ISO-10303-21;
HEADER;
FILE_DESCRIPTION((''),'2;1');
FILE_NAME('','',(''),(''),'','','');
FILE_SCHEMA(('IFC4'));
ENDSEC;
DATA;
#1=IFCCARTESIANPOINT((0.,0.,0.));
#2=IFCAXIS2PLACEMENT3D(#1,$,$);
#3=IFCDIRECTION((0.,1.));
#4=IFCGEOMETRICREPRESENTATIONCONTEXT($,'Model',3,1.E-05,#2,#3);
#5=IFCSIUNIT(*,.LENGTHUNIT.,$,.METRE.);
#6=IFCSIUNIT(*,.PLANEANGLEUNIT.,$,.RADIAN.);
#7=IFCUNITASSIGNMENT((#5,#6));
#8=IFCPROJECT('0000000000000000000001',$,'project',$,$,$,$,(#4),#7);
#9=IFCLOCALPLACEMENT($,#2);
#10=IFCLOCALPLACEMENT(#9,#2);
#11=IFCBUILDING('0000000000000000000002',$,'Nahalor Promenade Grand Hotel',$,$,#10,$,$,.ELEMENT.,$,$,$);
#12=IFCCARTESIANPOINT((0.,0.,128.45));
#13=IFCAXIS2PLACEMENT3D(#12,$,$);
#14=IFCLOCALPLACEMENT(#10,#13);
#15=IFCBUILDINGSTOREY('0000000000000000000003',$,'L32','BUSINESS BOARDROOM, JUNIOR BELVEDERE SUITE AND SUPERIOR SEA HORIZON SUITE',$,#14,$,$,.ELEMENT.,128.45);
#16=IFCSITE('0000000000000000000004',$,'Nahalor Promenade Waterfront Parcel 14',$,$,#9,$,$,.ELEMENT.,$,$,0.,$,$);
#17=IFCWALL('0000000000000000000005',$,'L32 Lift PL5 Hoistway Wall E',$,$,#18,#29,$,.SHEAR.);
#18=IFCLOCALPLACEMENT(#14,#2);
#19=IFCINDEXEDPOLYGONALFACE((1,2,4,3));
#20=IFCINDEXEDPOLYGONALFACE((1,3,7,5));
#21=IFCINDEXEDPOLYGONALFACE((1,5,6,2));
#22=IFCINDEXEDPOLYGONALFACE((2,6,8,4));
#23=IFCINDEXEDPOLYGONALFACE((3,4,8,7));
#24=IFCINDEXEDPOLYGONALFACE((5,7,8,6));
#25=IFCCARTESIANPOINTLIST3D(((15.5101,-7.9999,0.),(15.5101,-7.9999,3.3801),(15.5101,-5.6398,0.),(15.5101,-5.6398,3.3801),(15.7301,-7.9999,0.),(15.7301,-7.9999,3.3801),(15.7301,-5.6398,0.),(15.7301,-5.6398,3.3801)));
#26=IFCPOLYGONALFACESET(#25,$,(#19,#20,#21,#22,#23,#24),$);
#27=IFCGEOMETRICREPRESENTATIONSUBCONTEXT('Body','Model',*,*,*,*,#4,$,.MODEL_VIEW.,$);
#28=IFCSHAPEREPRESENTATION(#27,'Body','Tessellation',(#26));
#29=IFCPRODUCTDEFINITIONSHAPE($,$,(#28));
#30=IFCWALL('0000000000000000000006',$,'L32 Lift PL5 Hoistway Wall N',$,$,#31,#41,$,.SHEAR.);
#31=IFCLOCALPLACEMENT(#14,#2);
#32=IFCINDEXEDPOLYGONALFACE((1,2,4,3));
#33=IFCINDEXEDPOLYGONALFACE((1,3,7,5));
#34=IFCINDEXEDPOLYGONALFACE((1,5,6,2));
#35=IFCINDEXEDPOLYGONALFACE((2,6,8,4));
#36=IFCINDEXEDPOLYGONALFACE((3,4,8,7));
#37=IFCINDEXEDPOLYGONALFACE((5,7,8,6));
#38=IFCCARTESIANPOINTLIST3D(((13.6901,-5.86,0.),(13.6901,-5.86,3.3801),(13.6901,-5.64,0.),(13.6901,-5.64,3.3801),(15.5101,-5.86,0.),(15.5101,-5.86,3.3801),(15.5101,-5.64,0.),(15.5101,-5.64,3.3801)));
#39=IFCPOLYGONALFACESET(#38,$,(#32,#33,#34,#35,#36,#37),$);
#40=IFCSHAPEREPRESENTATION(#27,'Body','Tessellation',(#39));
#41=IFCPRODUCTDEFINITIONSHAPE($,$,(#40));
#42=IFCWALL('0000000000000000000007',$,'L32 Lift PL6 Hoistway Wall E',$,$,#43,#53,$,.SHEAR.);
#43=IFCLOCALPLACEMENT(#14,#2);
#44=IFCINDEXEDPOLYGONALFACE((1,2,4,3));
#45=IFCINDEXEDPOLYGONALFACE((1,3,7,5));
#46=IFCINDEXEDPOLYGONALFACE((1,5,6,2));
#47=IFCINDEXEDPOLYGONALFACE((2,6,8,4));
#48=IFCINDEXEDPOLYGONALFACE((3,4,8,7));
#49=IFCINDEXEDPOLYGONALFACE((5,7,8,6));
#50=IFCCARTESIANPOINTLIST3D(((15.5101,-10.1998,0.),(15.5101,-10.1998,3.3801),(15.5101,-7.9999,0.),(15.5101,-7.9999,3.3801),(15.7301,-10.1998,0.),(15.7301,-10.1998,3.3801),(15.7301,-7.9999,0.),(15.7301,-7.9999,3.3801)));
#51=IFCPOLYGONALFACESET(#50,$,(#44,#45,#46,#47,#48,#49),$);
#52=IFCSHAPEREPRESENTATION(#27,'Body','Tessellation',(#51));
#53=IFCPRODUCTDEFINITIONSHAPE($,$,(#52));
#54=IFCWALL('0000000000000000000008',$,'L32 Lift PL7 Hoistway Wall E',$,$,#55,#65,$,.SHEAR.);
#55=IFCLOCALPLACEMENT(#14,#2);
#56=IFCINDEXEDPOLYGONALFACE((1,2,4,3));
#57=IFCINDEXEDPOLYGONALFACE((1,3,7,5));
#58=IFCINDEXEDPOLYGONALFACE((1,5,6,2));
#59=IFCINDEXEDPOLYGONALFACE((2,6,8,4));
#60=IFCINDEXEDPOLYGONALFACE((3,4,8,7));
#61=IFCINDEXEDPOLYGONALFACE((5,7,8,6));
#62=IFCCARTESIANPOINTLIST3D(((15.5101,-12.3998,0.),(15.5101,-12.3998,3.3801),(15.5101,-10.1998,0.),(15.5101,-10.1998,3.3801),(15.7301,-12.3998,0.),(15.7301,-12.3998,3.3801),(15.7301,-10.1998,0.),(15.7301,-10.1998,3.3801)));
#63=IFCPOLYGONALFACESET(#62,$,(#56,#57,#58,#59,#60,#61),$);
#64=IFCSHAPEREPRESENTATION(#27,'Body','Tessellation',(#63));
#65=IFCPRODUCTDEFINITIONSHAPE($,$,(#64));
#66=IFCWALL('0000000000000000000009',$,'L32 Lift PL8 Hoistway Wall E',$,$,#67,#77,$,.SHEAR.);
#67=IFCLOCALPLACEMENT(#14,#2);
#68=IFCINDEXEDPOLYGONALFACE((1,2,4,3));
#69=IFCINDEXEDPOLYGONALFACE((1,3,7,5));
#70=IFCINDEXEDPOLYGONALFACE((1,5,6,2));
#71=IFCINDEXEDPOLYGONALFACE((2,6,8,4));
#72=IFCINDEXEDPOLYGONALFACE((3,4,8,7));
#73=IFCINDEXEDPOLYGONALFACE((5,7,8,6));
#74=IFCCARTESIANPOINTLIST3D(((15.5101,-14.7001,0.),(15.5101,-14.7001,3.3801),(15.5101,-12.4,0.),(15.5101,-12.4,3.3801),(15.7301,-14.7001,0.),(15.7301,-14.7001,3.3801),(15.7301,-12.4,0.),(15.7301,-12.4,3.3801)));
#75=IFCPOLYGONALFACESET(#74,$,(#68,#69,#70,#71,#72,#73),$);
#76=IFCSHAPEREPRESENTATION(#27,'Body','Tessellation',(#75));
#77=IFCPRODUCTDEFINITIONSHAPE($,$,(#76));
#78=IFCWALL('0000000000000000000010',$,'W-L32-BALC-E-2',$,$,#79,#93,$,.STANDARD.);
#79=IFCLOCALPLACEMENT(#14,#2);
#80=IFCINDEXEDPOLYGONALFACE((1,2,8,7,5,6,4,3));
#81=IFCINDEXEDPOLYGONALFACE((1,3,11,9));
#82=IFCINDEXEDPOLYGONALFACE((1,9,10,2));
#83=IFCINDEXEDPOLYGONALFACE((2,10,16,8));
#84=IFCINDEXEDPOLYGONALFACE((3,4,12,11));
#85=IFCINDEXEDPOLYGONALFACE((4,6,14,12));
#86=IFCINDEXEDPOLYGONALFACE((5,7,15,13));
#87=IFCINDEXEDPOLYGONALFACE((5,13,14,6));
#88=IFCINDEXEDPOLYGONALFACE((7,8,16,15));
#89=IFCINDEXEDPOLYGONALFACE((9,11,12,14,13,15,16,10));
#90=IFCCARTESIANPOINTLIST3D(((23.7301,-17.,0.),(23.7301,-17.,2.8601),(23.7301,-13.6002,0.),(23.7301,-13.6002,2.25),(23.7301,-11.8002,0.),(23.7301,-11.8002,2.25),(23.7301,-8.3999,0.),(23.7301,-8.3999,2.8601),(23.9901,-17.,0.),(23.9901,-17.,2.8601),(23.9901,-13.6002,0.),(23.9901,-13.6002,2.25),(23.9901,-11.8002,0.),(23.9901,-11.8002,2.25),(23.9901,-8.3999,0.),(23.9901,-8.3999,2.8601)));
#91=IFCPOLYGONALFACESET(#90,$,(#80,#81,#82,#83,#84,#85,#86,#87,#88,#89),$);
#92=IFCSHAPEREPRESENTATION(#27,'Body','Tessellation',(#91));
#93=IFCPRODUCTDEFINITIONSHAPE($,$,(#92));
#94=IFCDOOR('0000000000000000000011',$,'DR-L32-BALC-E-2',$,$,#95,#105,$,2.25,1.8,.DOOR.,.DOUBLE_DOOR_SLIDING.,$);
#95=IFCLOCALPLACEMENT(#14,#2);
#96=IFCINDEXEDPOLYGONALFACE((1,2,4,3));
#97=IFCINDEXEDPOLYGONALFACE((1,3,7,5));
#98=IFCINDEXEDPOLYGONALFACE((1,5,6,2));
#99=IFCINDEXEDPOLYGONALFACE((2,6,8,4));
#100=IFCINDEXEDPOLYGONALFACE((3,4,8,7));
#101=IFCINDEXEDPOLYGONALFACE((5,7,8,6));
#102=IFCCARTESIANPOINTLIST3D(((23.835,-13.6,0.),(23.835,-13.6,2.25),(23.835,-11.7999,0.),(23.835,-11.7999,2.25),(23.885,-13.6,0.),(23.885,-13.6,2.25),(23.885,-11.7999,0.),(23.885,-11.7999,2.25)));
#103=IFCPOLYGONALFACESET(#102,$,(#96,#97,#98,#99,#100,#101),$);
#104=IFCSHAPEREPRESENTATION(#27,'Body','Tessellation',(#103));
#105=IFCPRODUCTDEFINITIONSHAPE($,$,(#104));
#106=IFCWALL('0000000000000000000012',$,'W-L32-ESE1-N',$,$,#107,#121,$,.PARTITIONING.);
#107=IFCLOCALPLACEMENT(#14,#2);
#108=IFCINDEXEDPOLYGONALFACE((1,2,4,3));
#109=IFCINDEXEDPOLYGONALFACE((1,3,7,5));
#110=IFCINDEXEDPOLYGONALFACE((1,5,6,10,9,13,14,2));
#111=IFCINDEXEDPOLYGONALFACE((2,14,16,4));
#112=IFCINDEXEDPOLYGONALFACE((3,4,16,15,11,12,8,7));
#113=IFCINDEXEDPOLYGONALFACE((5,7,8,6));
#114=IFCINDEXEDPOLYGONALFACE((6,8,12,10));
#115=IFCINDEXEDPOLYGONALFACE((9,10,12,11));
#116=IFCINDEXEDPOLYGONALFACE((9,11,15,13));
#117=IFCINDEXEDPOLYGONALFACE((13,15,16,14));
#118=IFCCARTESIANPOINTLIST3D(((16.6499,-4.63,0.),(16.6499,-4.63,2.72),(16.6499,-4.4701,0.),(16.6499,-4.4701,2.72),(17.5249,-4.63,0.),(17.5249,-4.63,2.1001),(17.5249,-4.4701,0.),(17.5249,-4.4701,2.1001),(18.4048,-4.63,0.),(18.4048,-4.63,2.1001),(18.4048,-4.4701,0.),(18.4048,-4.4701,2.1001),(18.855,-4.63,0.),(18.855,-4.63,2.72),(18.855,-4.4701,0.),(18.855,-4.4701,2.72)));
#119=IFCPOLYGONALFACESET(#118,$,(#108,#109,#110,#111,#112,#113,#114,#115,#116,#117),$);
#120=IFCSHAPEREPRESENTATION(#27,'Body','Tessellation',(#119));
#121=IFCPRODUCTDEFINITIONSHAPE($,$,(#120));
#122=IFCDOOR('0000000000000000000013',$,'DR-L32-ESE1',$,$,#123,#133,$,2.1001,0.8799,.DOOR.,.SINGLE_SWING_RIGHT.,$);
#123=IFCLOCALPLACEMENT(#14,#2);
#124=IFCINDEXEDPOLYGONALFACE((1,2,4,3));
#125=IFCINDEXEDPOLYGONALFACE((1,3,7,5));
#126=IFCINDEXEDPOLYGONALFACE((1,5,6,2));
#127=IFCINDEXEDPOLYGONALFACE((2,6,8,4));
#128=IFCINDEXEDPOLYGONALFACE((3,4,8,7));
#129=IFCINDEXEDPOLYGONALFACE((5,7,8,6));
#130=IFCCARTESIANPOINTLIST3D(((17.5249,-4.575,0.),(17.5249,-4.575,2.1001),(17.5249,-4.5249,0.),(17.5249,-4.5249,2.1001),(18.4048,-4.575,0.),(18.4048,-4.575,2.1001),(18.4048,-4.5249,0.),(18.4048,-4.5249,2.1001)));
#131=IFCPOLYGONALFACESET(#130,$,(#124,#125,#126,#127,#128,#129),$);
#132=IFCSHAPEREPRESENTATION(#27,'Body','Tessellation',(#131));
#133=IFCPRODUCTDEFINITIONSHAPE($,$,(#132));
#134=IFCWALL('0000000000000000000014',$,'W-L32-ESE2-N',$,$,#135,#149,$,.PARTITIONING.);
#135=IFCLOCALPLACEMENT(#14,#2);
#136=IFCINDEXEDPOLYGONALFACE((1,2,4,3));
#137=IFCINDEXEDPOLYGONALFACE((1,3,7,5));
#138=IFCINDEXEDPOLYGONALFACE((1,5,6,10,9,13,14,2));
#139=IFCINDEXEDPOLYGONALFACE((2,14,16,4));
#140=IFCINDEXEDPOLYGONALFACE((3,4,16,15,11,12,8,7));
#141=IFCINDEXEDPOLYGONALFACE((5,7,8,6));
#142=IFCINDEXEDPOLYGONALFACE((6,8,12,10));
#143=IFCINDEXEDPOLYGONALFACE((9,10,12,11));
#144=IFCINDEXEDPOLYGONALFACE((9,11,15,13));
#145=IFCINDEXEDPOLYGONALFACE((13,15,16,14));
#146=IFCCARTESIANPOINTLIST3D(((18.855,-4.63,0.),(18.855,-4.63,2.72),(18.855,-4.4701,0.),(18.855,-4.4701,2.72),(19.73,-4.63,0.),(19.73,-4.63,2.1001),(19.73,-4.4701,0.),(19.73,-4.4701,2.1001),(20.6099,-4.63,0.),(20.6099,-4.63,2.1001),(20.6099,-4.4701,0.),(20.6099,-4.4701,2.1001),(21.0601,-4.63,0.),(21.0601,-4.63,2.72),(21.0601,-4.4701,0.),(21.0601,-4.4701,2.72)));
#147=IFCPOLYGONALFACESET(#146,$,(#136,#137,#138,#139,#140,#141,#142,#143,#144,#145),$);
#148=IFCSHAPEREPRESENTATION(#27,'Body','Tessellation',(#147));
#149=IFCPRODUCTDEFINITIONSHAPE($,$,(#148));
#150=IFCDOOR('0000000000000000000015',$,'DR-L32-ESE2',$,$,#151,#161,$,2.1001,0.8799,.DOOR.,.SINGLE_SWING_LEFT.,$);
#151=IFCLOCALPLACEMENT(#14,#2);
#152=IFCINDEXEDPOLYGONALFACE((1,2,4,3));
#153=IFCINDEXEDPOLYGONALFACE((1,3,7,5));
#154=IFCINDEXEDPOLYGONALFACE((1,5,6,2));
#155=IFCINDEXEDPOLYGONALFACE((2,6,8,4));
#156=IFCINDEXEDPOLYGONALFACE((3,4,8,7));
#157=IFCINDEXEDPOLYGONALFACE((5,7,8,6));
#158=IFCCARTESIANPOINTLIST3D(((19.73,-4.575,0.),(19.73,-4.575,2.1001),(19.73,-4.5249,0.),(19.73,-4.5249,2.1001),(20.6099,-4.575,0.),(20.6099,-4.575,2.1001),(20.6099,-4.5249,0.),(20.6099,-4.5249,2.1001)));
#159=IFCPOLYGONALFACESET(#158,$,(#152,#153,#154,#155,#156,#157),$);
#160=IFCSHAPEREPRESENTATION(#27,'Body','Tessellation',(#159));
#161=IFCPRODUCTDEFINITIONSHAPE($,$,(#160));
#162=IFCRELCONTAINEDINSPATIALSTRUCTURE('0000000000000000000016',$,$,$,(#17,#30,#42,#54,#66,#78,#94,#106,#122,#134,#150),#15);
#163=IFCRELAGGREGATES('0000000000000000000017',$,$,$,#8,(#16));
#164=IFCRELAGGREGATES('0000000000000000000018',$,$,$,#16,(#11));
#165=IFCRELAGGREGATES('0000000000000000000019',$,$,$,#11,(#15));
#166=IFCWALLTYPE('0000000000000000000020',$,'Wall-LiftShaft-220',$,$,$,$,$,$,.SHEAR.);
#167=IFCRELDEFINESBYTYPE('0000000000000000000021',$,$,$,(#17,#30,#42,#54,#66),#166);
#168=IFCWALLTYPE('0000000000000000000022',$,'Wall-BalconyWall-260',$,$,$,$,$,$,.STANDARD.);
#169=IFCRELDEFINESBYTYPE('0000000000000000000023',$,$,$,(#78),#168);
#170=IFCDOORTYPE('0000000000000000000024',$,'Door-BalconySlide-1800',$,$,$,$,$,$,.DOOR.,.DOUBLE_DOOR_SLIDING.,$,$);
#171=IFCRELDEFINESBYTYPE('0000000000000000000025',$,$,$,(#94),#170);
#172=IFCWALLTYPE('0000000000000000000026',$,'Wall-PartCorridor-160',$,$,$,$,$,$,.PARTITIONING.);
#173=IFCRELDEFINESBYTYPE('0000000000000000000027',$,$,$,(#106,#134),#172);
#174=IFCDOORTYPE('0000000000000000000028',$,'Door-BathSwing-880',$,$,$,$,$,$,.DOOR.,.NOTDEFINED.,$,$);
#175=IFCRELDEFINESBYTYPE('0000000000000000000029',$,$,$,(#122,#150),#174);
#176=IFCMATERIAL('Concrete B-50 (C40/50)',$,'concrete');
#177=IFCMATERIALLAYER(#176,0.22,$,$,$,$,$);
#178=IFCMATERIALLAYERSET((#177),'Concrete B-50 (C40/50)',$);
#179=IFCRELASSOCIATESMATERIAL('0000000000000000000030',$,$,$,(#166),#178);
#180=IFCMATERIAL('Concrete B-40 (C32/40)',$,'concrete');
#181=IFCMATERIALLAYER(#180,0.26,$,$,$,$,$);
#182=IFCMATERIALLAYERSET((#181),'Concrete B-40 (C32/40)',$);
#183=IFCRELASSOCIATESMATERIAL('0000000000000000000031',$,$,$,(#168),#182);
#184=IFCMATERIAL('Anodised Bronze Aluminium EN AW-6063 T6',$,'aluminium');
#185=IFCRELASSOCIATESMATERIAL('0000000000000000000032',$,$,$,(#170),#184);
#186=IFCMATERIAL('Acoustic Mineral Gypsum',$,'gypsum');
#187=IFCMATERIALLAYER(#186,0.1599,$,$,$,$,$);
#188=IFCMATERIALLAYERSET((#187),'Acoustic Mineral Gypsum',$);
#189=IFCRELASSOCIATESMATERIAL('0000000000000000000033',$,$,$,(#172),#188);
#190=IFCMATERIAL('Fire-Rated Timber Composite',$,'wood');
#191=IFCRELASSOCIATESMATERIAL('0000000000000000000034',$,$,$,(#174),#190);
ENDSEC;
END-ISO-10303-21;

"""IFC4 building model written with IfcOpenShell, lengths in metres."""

from ifc_helpers import new_model, si_unit, direction, frame, frame_2d, origin, place, context, subcontext, project, spatial, rectangle, extrude, source, transform, mapped, material, layer, layer_set, type_object, element, fill, save


model = new_model("IFC4")

# Units and contexts
model_context = context("Model", 3, precision=1e-05, world=origin(), true_north=direction((0.0, 1.0)))
body_context = subcontext(model_context, "Body", "Model", "MODEL_VIEW")
ifc_project = project(units=[si_unit("LENGTHUNIT", "METRE"), si_unit("PLANEANGLEUNIT", "RADIAN")], contexts=[model_context])

# Site, building, storey
site_placement = place(None, origin())
site = spatial("IfcSite", under=ifc_project, at=site_placement, Name="Nahalor Promenade Waterfront Parcel 14", CompositionType="ELEMENT", RefElevation=0.0)
building_placement = place(site_placement, origin())
building = spatial("IfcBuilding", under=site, at=building_placement, Name="Nahalor Promenade Grand Hotel", CompositionType="ELEMENT")
storey_placement = place(building_placement, frame((0.0, 0.0, 128.45)))
storey = spatial("IfcBuildingStorey", under=building, at=storey_placement, Name="L32", Description="BUSINESS BOARDROOM, JUNIOR BELVEDERE SUITE AND SUPERIOR SEA HORIZON SUITE", CompositionType="ELEMENT", Elevation=128.45)

# Shared definitions
ifc_material_1 = material(Name="Anodised Bronze Aluminium EN AW-6063 T6", Category="aluminium")

# Walls
ifc_material_2 = material(Name="Concrete B-50 (C40/50)", Category="concrete")
ifc_layer_1 = layer(ifc_material_2, 0.22)
ifc_layer_set_1 = layer_set([ifc_layer_1], Name="Concrete B-50 (C40/50)")
wall_type_1 = type_object("IfcWallType", Name="Wall-LiftShaft-220", PredefinedType="SHEAR", material=ifc_layer_set_1)
shared_shape_1 = source(origin(), body_context, "Body", "SweptSolid", [
    extrude(rectangle(XDim=2.3601, YDim=0.22, at=frame_2d((1.1802, 0.0))), origin(), (0.0, 0.0, 1.0), 3.3801),
])
wall_1_placement = place(storey_placement, frame((15.6201, -8.0, 0.0), z_axis=(0.0, 0.0, 1.0), x_axis=(0.0, 1.0, 0.0)))
element("IfcWall", 1, at=wall_1_placement, inside=storey, type_object=wall_type_1, Name="L32 Lift PL5 Hoistway Wall E", PredefinedType="SHEAR", context=body_context, shape_type="MappedRepresentation", body=[
    mapped(shared_shape_1, transform((0.0, 0.0, 0.0), scale=1.0)),
])
shared_shape_2 = source(origin(), body_context, "Body", "SweptSolid", [
    extrude(rectangle(XDim=1.8201, YDim=0.22, at=frame_2d((0.9102, 0.0))), origin(), (0.0, 0.0, 1.0), 3.3801),
])
wall_2_placement = place(storey_placement, frame((13.6899, -5.75, 0.0), z_axis=(0.0, 0.0, 1.0), x_axis=(1.0, 0.0, 0.0)))
element("IfcWall", 2, at=wall_2_placement, inside=storey, type_object=wall_type_1, Name="L32 Lift PL5 Hoistway Wall N", PredefinedType="SHEAR", context=body_context, shape_type="MappedRepresentation", body=[
    mapped(shared_shape_2, transform((0.0, 0.0, 0.0), scale=1.0)),
])
shared_shape_3 = source(origin(), body_context, "Body", "SweptSolid", [
    extrude(rectangle(XDim=2.2, YDim=0.22, at=frame_2d((1.1001, 0.0))), origin(), (0.0, 0.0, 1.0), 3.3801),
])
for number, where, z_axis, x_axis, name in (
    (3, (15.6201, -10.2, 0.0), (0.0, 0.0, 1.0), (0.0, 1.0, 0.0), "L32 Lift PL6 Hoistway Wall E"),
    (4, (15.6201, -12.3999, 0.0), (0.0, 0.0, 1.0), (0.0, 1.0, 0.0), "L32 Lift PL7 Hoistway Wall E"),
):
    element("IfcWall", number, at=place(storey_placement, frame(where, z_axis=z_axis, x_axis=x_axis)), inside=storey, type_object=wall_type_1, Name=name, PredefinedType="SHEAR", context=body_context, shape_type="MappedRepresentation", body=[
        mapped(shared_shape_3, transform((0.0, 0.0, 0.0), scale=1.0)),
    ])
shared_shape_4 = source(origin(), body_context, "Body", "SweptSolid", [
    extrude(rectangle(XDim=2.3, YDim=0.22, at=frame_2d((1.1499, 0.0))), origin(), (0.0, 0.0, 1.0), 3.3801),
])
wall_3_placement = place(storey_placement, frame((15.6201, -14.7, 0.0), z_axis=(0.0, 0.0, 1.0), x_axis=(0.0, 1.0, 0.0)))
element("IfcWall", 5, at=wall_3_placement, inside=storey, type_object=wall_type_1, Name="L32 Lift PL8 Hoistway Wall E", PredefinedType="SHEAR", context=body_context, shape_type="MappedRepresentation", body=[
    mapped(shared_shape_4, transform((0.0, 0.0, 0.0), scale=1.0)),
])

# Walls, openings, doors
ifc_material_3 = material(Name="Concrete B-40 (C32/40)", Category="concrete")
ifc_layer_2 = layer(ifc_material_3, 0.26)
ifc_layer_set_2 = layer_set([ifc_layer_2], Name="Concrete B-40 (C32/40)")
wall_type_2 = type_object("IfcWallType", Name="Wall-BalconyWall-260", PredefinedType="STANDARD", material=ifc_layer_set_2)
shared_shape_5 = source(origin(), body_context, "Body", "SweptSolid", [
    extrude(rectangle(XDim=8.6001, YDim=0.26, at=frame_2d((4.3, 0.0))), origin(), (0.0, 0.0, 1.0), 2.8601),
])
wall_4_placement = place(storey_placement, frame((23.8601, -17.0, 0.0), z_axis=(0.0, 0.0, 1.0), x_axis=(0.0, 1.0, 0.0)))
wall_4 = element("IfcWall", 6, at=wall_4_placement, inside=storey, type_object=wall_type_2, Name="W-L32-BALC-E-2", PredefinedType="STANDARD", context=body_context, shape_type="MappedRepresentation", body=[
    mapped(shared_shape_5, transform((0.0, 0.0, 0.0), scale=1.0)),
])
opening_1_placement = place(wall_4_placement, frame((3.3999, 0.0, 0.0)))
opening_1 = element("IfcOpeningElement", 7, at=opening_1_placement, cuts=wall_4, PredefinedType="OPENING", context=body_context, shape_type="SweptSolid", body=[
    extrude(rectangle(XDim=1.8, YDim=2.25, at=frame_2d((0.8999, 1.125))), frame((0.0, 0.1399, 0.0), z_axis=(0.0, -1.0, 0.0), x_axis=(1.0, 0.0, 0.0)), (0.0, 0.0, 1.0), 0.28),
])
door_type_1 = type_object("IfcDoorType", Name="Door-BalconySlide-1800", OperationType="DOUBLE_DOOR_SLIDING", PredefinedType="DOOR", material=ifc_material_1)
shared_shape_6 = source(origin(), body_context, "Body", "SweptSolid", [
    extrude(rectangle(XDim=1.8, YDim=2.25, at=frame_2d((0.8999, 1.125))), frame((0.0, 0.0249, 0.0), z_axis=(0.0, -1.0, 0.0), x_axis=(1.0, 0.0, 0.0)), (0.0, 0.0, 1.0), 0.05),
])
door_1_placement = place(opening_1_placement, frame((1.8, 0.0, 0.0), z_axis=(0.0, 0.0, 1.0), x_axis=(-1.0, 0.0, 0.0)))
door_1 = element("IfcDoor", 8, at=door_1_placement, inside=storey, type_object=door_type_1, Name="DR-L32-BALC-E-2", OperationType="DOUBLE_DOOR_SLIDING", OverallHeight=2.25, OverallWidth=1.8, PredefinedType="DOOR", context=body_context, shape_type="MappedRepresentation", body=[
    mapped(shared_shape_6, transform((0.0, 0.0, 0.0), scale=1.0)),
])
fill(opening_1, door_1)
ifc_material_4 = material(Name="Acoustic Mineral Gypsum", Category="gypsum")
ifc_layer_3 = layer(ifc_material_4, 0.1599)
ifc_layer_set_3 = layer_set([ifc_layer_3], Name="Acoustic Mineral Gypsum")
wall_type_3 = type_object("IfcWallType", Name="Wall-PartCorridor-160", PredefinedType="PARTITIONING", material=ifc_layer_set_3)
shared_shape_7 = source(origin(), body_context, "Body", "SweptSolid", [
    extrude(rectangle(XDim=2.2051, YDim=0.1599, at=frame_2d((1.1025, 0.0))), origin(), (0.0, 0.0, 1.0), 2.72),
])
wall_5_placement = place(storey_placement, frame((16.6499, -4.55, 0.0), z_axis=(0.0, 0.0, 1.0), x_axis=(1.0, 0.0, 0.0)))
wall_5 = element("IfcWall", 9, at=wall_5_placement, inside=storey, type_object=wall_type_3, Name="W-L32-ESE1-N", PredefinedType="PARTITIONING", context=body_context, shape_type="MappedRepresentation", body=[
    mapped(shared_shape_7, transform((0.0, 0.0, 0.0), scale=1.0)),
])
opening_2_placement = place(wall_5_placement, frame((0.875, 0.0, 0.0)))
opening_2 = element("IfcOpeningElement", 10, at=opening_2_placement, cuts=wall_5, PredefinedType="OPENING", context=body_context, shape_type="SweptSolid", body=[
    extrude(rectangle(XDim=0.8799, YDim=2.1001, at=frame_2d((0.4399, 1.05))), frame((0.0, 0.0898, 0.0), z_axis=(0.0, -1.0, 0.0), x_axis=(1.0, 0.0, 0.0)), (0.0, 0.0, 1.0), 0.1799),
])
ifc_material_5 = material(Name="Fire-Rated Timber Composite", Category="wood")
door_type_2 = type_object("IfcDoorType", Name="Door-BathSwing-880", OperationType="NOTDEFINED", PredefinedType="DOOR", material=ifc_material_5)
shared_shape_8 = source(origin(), body_context, "Body", "SweptSolid", [
    extrude(rectangle(XDim=0.8799, YDim=2.1001, at=frame_2d((0.4399, 1.05))), frame((0.0, 0.0249, 0.0), z_axis=(0.0, -1.0, 0.0), x_axis=(1.0, 0.0, 0.0)), (0.0, 0.0, 1.0), 0.05),
])
door_2_placement = place(opening_2_placement, frame((0.8799, 0.0, 0.0), z_axis=(0.0, 0.0, 1.0), x_axis=(-1.0, 0.0, 0.0)))
door_2 = element("IfcDoor", 11, at=door_2_placement, inside=storey, type_object=door_type_2, Name="DR-L32-ESE1", OperationType="SINGLE_SWING_RIGHT", OverallHeight=2.1001, OverallWidth=0.8799, PredefinedType="DOOR", context=body_context, shape_type="MappedRepresentation", body=[
    mapped(shared_shape_8, transform((0.0, 0.0, 0.0), scale=1.0)),
])
fill(opening_2, door_2)
wall_6_placement = place(storey_placement, frame((18.855, -4.55, 0.0), z_axis=(0.0, 0.0, 1.0), x_axis=(1.0, 0.0, 0.0)))
wall_6 = element("IfcWall", 12, at=wall_6_placement, inside=storey, type_object=wall_type_3, Name="W-L32-ESE2-N", PredefinedType="PARTITIONING", context=body_context, shape_type="MappedRepresentation", body=[
    mapped(shared_shape_7, transform((0.0, 0.0, 0.0), scale=1.0)),
])
opening_3_placement = place(wall_6_placement, frame((0.875, 0.0, 0.0)))
opening_3 = element("IfcOpeningElement", 13, at=opening_3_placement, cuts=wall_6, PredefinedType="OPENING", context=body_context, shape_type="SweptSolid", body=[
    extrude(rectangle(XDim=0.8799, YDim=2.1001, at=frame_2d((0.4399, 1.05))), frame((0.0, 0.0898, 0.0), z_axis=(0.0, -1.0, 0.0), x_axis=(1.0, 0.0, 0.0)), (0.0, 0.0, 1.0), 0.1799),
])
door_3_placement = place(opening_3_placement, frame((0.8799, 0.0, 0.0), z_axis=(0.0, 0.0, 1.0), x_axis=(-1.0, 0.0, 0.0)))
door_3 = element("IfcDoor", 14, at=door_3_placement, inside=storey, type_object=door_type_2, Name="DR-L32-ESE2", OperationType="SINGLE_SWING_LEFT", OverallHeight=2.1001, OverallWidth=0.8799, PredefinedType="DOOR", context=body_context, shape_type="MappedRepresentation", body=[
    mapped(shared_shape_8, transform((0.0, 0.0, 0.0), scale=1.0)),
])
fill(opening_3, door_3)

save(model, "model.ifc")
